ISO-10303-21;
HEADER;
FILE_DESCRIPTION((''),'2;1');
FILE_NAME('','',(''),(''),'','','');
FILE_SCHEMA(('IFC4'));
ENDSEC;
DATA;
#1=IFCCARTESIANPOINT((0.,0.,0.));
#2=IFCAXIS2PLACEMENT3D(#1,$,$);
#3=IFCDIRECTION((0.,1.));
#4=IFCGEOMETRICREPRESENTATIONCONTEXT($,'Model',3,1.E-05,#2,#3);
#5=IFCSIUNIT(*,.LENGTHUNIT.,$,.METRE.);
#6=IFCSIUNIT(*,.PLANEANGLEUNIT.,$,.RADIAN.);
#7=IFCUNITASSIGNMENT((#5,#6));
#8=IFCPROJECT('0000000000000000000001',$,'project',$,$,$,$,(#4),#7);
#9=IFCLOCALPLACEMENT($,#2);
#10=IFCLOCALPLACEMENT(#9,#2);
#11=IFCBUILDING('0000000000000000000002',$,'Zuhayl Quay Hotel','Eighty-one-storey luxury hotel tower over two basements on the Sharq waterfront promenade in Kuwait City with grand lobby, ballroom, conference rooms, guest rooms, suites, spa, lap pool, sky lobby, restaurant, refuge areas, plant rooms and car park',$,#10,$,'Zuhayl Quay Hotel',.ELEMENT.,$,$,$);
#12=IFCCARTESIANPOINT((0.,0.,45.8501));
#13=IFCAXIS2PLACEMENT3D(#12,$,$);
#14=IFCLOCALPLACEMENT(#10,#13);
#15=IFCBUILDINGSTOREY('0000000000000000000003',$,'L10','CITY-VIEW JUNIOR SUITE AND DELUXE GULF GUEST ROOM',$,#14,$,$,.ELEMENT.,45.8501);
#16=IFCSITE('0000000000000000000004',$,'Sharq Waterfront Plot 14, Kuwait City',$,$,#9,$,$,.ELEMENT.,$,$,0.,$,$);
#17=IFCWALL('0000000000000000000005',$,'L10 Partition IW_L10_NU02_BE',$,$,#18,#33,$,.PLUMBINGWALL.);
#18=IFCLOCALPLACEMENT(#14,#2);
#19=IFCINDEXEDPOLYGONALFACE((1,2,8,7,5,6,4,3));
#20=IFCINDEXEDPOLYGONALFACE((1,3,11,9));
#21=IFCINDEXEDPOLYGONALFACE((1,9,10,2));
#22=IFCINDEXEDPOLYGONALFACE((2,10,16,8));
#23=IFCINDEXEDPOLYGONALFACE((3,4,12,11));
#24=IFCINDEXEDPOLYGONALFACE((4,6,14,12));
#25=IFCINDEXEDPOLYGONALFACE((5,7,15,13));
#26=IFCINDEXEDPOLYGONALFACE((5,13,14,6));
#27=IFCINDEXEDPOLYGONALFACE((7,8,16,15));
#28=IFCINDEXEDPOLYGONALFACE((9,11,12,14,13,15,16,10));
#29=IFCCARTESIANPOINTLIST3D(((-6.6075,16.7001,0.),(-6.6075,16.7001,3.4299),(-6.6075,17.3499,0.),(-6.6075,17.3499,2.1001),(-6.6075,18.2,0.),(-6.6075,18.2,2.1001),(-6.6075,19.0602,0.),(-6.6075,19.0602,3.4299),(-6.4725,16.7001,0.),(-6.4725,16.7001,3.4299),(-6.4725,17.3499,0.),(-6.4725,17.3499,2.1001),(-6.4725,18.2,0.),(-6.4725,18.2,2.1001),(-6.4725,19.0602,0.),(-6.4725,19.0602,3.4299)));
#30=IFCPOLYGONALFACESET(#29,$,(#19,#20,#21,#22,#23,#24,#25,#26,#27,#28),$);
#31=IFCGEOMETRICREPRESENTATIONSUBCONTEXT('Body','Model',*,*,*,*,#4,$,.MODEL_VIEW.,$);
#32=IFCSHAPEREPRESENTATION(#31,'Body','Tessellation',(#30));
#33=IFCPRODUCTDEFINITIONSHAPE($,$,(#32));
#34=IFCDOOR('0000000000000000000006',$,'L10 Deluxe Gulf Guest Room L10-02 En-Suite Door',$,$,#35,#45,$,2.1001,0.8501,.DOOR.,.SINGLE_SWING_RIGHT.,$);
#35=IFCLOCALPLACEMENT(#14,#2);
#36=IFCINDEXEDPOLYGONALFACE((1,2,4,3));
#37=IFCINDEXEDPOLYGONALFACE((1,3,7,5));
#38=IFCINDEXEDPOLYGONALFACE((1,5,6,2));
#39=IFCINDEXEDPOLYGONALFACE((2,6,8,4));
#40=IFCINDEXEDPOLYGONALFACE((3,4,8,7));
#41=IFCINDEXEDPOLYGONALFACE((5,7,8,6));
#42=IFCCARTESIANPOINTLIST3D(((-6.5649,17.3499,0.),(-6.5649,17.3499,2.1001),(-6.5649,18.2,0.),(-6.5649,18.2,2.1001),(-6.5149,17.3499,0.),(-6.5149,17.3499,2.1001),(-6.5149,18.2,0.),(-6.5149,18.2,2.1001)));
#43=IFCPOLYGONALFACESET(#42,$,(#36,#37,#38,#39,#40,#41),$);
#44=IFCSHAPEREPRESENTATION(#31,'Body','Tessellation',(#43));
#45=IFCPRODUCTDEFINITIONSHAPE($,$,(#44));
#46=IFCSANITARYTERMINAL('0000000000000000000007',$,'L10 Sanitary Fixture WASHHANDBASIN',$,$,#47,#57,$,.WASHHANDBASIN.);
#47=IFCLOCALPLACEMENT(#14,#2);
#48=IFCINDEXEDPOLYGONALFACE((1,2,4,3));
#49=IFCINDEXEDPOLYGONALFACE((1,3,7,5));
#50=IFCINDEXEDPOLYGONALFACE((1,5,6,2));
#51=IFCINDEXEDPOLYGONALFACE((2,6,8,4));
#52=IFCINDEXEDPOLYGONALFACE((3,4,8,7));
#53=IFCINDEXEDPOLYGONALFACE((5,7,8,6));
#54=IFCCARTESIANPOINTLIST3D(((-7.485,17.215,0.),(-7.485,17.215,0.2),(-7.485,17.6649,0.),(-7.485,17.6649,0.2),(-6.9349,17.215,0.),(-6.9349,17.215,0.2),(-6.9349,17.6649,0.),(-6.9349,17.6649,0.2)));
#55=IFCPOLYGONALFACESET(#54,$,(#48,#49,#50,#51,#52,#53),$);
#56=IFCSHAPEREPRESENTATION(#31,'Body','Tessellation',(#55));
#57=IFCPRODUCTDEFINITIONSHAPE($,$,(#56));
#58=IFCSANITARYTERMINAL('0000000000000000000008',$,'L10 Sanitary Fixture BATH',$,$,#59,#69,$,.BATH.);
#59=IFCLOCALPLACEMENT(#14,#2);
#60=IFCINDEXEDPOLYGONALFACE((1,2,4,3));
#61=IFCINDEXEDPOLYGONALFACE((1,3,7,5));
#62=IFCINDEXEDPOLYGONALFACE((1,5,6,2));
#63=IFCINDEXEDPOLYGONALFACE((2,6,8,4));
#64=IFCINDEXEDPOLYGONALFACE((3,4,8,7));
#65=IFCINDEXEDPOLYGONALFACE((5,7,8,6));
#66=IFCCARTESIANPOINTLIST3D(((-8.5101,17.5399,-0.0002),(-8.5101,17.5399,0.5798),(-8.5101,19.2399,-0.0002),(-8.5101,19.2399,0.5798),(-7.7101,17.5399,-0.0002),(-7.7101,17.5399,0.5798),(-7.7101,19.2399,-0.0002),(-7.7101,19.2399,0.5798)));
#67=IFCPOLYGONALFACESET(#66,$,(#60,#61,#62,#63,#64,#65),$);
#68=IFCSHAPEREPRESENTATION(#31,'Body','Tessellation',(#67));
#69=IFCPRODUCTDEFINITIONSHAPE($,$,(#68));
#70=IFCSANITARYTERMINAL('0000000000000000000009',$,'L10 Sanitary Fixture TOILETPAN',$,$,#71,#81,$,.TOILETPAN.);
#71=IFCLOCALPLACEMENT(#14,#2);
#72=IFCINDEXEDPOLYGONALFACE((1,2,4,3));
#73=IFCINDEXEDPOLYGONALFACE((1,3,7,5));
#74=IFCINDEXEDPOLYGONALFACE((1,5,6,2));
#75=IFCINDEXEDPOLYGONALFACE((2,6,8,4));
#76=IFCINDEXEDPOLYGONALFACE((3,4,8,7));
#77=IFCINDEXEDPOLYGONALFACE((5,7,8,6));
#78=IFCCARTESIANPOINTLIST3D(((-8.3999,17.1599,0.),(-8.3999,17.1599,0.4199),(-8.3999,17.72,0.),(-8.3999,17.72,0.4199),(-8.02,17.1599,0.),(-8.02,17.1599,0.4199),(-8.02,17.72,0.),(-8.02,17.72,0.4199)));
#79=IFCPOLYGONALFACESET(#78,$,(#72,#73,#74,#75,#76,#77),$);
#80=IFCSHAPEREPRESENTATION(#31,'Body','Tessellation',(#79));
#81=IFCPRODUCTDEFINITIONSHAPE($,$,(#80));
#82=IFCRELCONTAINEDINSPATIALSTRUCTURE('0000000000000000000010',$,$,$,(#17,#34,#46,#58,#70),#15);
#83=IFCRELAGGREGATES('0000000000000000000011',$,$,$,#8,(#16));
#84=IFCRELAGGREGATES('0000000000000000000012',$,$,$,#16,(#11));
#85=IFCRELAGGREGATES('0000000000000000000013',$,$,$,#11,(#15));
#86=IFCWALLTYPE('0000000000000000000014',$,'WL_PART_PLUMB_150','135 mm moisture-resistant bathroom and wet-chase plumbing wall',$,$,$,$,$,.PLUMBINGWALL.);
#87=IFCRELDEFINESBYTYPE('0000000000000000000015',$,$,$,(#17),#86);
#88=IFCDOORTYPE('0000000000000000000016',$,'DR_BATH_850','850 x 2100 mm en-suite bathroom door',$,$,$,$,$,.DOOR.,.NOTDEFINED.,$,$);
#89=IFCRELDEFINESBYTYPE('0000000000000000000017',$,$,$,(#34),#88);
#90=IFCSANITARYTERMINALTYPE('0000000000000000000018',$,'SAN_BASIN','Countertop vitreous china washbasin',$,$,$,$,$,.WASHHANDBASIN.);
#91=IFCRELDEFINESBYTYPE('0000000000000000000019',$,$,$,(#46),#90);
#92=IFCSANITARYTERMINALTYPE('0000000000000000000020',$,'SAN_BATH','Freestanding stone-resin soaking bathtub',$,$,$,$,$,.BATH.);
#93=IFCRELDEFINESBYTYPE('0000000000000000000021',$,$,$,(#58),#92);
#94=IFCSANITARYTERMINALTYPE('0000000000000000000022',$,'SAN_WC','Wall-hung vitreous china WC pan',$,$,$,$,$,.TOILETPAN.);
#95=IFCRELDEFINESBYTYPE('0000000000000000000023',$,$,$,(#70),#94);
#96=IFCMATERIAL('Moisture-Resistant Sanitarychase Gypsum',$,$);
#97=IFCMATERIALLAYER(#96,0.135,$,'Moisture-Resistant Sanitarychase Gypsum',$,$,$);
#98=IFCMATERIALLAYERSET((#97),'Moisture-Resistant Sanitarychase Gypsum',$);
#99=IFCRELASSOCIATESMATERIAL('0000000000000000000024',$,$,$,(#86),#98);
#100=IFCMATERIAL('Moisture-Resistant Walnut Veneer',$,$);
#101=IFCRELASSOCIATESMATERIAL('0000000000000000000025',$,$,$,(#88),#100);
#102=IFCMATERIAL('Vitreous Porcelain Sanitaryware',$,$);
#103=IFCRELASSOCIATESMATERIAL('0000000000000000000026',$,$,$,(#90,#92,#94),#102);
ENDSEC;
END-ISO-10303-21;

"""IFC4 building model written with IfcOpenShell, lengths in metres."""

from ifc_helpers import new_model, si_unit, direction, frame, frame_2d, origin, origin_2d, place, context, subcontext, project, spatial, rectangle, extrude, material, layer, layer_set, type_object, element, fill, save


model = new_model("IFC4")

# Units and contexts
model_context = context("Model", 3, precision=1e-05, world=origin(), true_north=direction((0.0, 1.0)))
body_context = subcontext(model_context, "Body", "Model", "MODEL_VIEW")
ifc_project = project(units=[si_unit("LENGTHUNIT", "METRE"), si_unit("PLANEANGLEUNIT", "RADIAN")], contexts=[model_context])

# Site, building, storey
site_placement = place(None, origin())
site = spatial("IfcSite", under=ifc_project, at=site_placement, Name="Sharq Waterfront Plot 14, Kuwait City", CompositionType="ELEMENT", RefElevation=0.0)
building_placement = place(site_placement, origin())
building = spatial("IfcBuilding", under=site, at=building_placement, Name="Zuhayl Quay Hotel", Description="Eighty-one-storey luxury hotel tower over two basements on the Sharq waterfront promenade in Kuwait City with grand lobby, ballroom, conference rooms, guest rooms, suites, spa, lap pool, sky lobby, restaurant, refuge areas, plant rooms and car park", LongName="Zuhayl Quay Hotel", CompositionType="ELEMENT")
storey_placement = place(building_placement, frame((0.0, 0.0, 45.8501)))
storey = spatial("IfcBuildingStorey", under=building, at=storey_placement, Name="L10", Description="CITY-VIEW JUNIOR SUITE AND DELUXE GULF GUEST ROOM", CompositionType="ELEMENT", Elevation=45.8501)

# Wall, opening, door
ifc_material_1 = material(Name="Moisture-Resistant Sanitarychase Gypsum")
ifc_layer_1 = layer(ifc_material_1, 0.135, Name="Moisture-Resistant Sanitarychase Gypsum")
ifc_layer_set_1 = layer_set([ifc_layer_1], Name="Moisture-Resistant Sanitarychase Gypsum")
wall_type_1 = type_object("IfcWallType", Name="WL_PART_PLUMB_150", Description="135 mm moisture-resistant bathroom and wet-chase plumbing wall", PredefinedType="PLUMBINGWALL", material=ifc_layer_set_1)
wall_1_placement = place(storey_placement, frame((-6.54, 16.7, 0.0), z_axis=(0.0, 0.0, 1.0), x_axis=(0.0, 1.0, 0.0)))
wall_1 = element("IfcWall", 1, at=wall_1_placement, inside=storey, type_object=wall_type_1, Name="L10 Partition IW_L10_NU02_BE", PredefinedType="PLUMBINGWALL", context=body_context, shape_type="SweptSolid", body=[
    extrude(rectangle(XDim=2.3601, YDim=0.135, at=frame_2d((1.1802, 0.0))), origin(), (0.0, 0.0, 1.0), 3.4299),
])
opening_1_placement = place(wall_1_placement, frame((0.6499, 0.0, 0.0)))
opening_1 = element("IfcOpeningElement", 2, at=opening_1_placement, cuts=wall_1, PredefinedType="OPENING", context=body_context, shape_type="SweptSolid", body=[
    extrude(rectangle(XDim=0.8501, YDim=2.1001, at=frame_2d((0.425, 1.05))), frame((0.0, 0.0774, 0.0), z_axis=(0.0, -1.0, 0.0), x_axis=(1.0, 0.0, 0.0)), (0.0, 0.0, 1.0), 0.155),
])
ifc_material_2 = material(Name="Moisture-Resistant Walnut Veneer")
door_type_1 = type_object("IfcDoorType", Name="DR_BATH_850", Description="850 x 2100 mm en-suite bathroom door", OperationType="NOTDEFINED", PredefinedType="DOOR", material=ifc_material_2)
door_1_placement = place(opening_1_placement, origin())
door_1 = element("IfcDoor", 3, at=door_1_placement, inside=storey, type_object=door_type_1, Name="L10 Deluxe Gulf Guest Room L10-02 En-Suite Door", OperationType="SINGLE_SWING_RIGHT", OverallHeight=2.1001, OverallWidth=0.8501, PredefinedType="DOOR", context=body_context, shape_type="SweptSolid", body=[
    extrude(rectangle(XDim=0.8501, YDim=2.1001, at=frame_2d((0.425, 1.05))), frame((0.0, 0.0249, 0.0), z_axis=(0.0, -1.0, 0.0), x_axis=(1.0, 0.0, 0.0)), (0.0, 0.0, 1.0), 0.05),
])
fill(opening_1, door_1)

# Sanitary terminals
ifc_material_3 = material(Name="Vitreous Porcelain Sanitaryware")
sanitary_terminal_type_1 = type_object("IfcSanitaryTerminalType", Name="SAN_BASIN", Description="Countertop vitreous china washbasin", PredefinedType="WASHHANDBASIN", material=ifc_material_3)
sanitary_terminal_1_placement = place(storey_placement, frame((-7.21, 17.4399, 0.0), z_axis=(0.0, 0.0, 1.0), x_axis=(1.0, 0.0, 0.0)))
element("IfcSanitaryTerminal", 4, at=sanitary_terminal_1_placement, inside=storey, type_object=sanitary_terminal_type_1, Name="L10 Sanitary Fixture WASHHANDBASIN", PredefinedType="WASHHANDBASIN", context=body_context, shape_type="SweptSolid", body=[
    extrude(rectangle(XDim=0.55, YDim=0.45, at=origin_2d()), origin(), (0.0, 0.0, 1.0), 0.2),
])
sanitary_terminal_type_2 = type_object("IfcSanitaryTerminalType", Name="SAN_BATH", Description="Freestanding stone-resin soaking bathtub", PredefinedType="BATH", material=ifc_material_3)
sanitary_terminal_2_placement = place(storey_placement, frame((-8.1101, 18.3899, -0.0002), z_axis=(0.0, 0.0, 1.0), x_axis=(1.0, 0.0, 0.0)))
element("IfcSanitaryTerminal", 5, at=sanitary_terminal_2_placement, inside=storey, type_object=sanitary_terminal_type_2, Name="L10 Sanitary Fixture BATH", PredefinedType="BATH", context=body_context, shape_type="SweptSolid", body=[
    extrude(rectangle(XDim=0.8, YDim=1.7, at=origin_2d()), origin(), (0.0, 0.0, 1.0), 0.5801),
])
sanitary_terminal_type_3 = type_object("IfcSanitaryTerminalType", Name="SAN_WC", Description="Wall-hung vitreous china WC pan", PredefinedType="TOILETPAN", material=ifc_material_3)
sanitary_terminal_3_placement = place(storey_placement, frame((-8.21, 17.4399, 0.0), z_axis=(0.0, 0.0, 1.0), x_axis=(1.0, 0.0, 0.0)))
element("IfcSanitaryTerminal", 6, at=sanitary_terminal_3_placement, inside=storey, type_object=sanitary_terminal_type_3, Name="L10 Sanitary Fixture TOILETPAN", PredefinedType="TOILETPAN", context=body_context, shape_type="SweptSolid", body=[
    extrude(rectangle(XDim=0.3799, YDim=0.5601, at=origin_2d()), origin(), (0.0, 0.0, 1.0), 0.4199),
])

save(model, "model.ifc")
